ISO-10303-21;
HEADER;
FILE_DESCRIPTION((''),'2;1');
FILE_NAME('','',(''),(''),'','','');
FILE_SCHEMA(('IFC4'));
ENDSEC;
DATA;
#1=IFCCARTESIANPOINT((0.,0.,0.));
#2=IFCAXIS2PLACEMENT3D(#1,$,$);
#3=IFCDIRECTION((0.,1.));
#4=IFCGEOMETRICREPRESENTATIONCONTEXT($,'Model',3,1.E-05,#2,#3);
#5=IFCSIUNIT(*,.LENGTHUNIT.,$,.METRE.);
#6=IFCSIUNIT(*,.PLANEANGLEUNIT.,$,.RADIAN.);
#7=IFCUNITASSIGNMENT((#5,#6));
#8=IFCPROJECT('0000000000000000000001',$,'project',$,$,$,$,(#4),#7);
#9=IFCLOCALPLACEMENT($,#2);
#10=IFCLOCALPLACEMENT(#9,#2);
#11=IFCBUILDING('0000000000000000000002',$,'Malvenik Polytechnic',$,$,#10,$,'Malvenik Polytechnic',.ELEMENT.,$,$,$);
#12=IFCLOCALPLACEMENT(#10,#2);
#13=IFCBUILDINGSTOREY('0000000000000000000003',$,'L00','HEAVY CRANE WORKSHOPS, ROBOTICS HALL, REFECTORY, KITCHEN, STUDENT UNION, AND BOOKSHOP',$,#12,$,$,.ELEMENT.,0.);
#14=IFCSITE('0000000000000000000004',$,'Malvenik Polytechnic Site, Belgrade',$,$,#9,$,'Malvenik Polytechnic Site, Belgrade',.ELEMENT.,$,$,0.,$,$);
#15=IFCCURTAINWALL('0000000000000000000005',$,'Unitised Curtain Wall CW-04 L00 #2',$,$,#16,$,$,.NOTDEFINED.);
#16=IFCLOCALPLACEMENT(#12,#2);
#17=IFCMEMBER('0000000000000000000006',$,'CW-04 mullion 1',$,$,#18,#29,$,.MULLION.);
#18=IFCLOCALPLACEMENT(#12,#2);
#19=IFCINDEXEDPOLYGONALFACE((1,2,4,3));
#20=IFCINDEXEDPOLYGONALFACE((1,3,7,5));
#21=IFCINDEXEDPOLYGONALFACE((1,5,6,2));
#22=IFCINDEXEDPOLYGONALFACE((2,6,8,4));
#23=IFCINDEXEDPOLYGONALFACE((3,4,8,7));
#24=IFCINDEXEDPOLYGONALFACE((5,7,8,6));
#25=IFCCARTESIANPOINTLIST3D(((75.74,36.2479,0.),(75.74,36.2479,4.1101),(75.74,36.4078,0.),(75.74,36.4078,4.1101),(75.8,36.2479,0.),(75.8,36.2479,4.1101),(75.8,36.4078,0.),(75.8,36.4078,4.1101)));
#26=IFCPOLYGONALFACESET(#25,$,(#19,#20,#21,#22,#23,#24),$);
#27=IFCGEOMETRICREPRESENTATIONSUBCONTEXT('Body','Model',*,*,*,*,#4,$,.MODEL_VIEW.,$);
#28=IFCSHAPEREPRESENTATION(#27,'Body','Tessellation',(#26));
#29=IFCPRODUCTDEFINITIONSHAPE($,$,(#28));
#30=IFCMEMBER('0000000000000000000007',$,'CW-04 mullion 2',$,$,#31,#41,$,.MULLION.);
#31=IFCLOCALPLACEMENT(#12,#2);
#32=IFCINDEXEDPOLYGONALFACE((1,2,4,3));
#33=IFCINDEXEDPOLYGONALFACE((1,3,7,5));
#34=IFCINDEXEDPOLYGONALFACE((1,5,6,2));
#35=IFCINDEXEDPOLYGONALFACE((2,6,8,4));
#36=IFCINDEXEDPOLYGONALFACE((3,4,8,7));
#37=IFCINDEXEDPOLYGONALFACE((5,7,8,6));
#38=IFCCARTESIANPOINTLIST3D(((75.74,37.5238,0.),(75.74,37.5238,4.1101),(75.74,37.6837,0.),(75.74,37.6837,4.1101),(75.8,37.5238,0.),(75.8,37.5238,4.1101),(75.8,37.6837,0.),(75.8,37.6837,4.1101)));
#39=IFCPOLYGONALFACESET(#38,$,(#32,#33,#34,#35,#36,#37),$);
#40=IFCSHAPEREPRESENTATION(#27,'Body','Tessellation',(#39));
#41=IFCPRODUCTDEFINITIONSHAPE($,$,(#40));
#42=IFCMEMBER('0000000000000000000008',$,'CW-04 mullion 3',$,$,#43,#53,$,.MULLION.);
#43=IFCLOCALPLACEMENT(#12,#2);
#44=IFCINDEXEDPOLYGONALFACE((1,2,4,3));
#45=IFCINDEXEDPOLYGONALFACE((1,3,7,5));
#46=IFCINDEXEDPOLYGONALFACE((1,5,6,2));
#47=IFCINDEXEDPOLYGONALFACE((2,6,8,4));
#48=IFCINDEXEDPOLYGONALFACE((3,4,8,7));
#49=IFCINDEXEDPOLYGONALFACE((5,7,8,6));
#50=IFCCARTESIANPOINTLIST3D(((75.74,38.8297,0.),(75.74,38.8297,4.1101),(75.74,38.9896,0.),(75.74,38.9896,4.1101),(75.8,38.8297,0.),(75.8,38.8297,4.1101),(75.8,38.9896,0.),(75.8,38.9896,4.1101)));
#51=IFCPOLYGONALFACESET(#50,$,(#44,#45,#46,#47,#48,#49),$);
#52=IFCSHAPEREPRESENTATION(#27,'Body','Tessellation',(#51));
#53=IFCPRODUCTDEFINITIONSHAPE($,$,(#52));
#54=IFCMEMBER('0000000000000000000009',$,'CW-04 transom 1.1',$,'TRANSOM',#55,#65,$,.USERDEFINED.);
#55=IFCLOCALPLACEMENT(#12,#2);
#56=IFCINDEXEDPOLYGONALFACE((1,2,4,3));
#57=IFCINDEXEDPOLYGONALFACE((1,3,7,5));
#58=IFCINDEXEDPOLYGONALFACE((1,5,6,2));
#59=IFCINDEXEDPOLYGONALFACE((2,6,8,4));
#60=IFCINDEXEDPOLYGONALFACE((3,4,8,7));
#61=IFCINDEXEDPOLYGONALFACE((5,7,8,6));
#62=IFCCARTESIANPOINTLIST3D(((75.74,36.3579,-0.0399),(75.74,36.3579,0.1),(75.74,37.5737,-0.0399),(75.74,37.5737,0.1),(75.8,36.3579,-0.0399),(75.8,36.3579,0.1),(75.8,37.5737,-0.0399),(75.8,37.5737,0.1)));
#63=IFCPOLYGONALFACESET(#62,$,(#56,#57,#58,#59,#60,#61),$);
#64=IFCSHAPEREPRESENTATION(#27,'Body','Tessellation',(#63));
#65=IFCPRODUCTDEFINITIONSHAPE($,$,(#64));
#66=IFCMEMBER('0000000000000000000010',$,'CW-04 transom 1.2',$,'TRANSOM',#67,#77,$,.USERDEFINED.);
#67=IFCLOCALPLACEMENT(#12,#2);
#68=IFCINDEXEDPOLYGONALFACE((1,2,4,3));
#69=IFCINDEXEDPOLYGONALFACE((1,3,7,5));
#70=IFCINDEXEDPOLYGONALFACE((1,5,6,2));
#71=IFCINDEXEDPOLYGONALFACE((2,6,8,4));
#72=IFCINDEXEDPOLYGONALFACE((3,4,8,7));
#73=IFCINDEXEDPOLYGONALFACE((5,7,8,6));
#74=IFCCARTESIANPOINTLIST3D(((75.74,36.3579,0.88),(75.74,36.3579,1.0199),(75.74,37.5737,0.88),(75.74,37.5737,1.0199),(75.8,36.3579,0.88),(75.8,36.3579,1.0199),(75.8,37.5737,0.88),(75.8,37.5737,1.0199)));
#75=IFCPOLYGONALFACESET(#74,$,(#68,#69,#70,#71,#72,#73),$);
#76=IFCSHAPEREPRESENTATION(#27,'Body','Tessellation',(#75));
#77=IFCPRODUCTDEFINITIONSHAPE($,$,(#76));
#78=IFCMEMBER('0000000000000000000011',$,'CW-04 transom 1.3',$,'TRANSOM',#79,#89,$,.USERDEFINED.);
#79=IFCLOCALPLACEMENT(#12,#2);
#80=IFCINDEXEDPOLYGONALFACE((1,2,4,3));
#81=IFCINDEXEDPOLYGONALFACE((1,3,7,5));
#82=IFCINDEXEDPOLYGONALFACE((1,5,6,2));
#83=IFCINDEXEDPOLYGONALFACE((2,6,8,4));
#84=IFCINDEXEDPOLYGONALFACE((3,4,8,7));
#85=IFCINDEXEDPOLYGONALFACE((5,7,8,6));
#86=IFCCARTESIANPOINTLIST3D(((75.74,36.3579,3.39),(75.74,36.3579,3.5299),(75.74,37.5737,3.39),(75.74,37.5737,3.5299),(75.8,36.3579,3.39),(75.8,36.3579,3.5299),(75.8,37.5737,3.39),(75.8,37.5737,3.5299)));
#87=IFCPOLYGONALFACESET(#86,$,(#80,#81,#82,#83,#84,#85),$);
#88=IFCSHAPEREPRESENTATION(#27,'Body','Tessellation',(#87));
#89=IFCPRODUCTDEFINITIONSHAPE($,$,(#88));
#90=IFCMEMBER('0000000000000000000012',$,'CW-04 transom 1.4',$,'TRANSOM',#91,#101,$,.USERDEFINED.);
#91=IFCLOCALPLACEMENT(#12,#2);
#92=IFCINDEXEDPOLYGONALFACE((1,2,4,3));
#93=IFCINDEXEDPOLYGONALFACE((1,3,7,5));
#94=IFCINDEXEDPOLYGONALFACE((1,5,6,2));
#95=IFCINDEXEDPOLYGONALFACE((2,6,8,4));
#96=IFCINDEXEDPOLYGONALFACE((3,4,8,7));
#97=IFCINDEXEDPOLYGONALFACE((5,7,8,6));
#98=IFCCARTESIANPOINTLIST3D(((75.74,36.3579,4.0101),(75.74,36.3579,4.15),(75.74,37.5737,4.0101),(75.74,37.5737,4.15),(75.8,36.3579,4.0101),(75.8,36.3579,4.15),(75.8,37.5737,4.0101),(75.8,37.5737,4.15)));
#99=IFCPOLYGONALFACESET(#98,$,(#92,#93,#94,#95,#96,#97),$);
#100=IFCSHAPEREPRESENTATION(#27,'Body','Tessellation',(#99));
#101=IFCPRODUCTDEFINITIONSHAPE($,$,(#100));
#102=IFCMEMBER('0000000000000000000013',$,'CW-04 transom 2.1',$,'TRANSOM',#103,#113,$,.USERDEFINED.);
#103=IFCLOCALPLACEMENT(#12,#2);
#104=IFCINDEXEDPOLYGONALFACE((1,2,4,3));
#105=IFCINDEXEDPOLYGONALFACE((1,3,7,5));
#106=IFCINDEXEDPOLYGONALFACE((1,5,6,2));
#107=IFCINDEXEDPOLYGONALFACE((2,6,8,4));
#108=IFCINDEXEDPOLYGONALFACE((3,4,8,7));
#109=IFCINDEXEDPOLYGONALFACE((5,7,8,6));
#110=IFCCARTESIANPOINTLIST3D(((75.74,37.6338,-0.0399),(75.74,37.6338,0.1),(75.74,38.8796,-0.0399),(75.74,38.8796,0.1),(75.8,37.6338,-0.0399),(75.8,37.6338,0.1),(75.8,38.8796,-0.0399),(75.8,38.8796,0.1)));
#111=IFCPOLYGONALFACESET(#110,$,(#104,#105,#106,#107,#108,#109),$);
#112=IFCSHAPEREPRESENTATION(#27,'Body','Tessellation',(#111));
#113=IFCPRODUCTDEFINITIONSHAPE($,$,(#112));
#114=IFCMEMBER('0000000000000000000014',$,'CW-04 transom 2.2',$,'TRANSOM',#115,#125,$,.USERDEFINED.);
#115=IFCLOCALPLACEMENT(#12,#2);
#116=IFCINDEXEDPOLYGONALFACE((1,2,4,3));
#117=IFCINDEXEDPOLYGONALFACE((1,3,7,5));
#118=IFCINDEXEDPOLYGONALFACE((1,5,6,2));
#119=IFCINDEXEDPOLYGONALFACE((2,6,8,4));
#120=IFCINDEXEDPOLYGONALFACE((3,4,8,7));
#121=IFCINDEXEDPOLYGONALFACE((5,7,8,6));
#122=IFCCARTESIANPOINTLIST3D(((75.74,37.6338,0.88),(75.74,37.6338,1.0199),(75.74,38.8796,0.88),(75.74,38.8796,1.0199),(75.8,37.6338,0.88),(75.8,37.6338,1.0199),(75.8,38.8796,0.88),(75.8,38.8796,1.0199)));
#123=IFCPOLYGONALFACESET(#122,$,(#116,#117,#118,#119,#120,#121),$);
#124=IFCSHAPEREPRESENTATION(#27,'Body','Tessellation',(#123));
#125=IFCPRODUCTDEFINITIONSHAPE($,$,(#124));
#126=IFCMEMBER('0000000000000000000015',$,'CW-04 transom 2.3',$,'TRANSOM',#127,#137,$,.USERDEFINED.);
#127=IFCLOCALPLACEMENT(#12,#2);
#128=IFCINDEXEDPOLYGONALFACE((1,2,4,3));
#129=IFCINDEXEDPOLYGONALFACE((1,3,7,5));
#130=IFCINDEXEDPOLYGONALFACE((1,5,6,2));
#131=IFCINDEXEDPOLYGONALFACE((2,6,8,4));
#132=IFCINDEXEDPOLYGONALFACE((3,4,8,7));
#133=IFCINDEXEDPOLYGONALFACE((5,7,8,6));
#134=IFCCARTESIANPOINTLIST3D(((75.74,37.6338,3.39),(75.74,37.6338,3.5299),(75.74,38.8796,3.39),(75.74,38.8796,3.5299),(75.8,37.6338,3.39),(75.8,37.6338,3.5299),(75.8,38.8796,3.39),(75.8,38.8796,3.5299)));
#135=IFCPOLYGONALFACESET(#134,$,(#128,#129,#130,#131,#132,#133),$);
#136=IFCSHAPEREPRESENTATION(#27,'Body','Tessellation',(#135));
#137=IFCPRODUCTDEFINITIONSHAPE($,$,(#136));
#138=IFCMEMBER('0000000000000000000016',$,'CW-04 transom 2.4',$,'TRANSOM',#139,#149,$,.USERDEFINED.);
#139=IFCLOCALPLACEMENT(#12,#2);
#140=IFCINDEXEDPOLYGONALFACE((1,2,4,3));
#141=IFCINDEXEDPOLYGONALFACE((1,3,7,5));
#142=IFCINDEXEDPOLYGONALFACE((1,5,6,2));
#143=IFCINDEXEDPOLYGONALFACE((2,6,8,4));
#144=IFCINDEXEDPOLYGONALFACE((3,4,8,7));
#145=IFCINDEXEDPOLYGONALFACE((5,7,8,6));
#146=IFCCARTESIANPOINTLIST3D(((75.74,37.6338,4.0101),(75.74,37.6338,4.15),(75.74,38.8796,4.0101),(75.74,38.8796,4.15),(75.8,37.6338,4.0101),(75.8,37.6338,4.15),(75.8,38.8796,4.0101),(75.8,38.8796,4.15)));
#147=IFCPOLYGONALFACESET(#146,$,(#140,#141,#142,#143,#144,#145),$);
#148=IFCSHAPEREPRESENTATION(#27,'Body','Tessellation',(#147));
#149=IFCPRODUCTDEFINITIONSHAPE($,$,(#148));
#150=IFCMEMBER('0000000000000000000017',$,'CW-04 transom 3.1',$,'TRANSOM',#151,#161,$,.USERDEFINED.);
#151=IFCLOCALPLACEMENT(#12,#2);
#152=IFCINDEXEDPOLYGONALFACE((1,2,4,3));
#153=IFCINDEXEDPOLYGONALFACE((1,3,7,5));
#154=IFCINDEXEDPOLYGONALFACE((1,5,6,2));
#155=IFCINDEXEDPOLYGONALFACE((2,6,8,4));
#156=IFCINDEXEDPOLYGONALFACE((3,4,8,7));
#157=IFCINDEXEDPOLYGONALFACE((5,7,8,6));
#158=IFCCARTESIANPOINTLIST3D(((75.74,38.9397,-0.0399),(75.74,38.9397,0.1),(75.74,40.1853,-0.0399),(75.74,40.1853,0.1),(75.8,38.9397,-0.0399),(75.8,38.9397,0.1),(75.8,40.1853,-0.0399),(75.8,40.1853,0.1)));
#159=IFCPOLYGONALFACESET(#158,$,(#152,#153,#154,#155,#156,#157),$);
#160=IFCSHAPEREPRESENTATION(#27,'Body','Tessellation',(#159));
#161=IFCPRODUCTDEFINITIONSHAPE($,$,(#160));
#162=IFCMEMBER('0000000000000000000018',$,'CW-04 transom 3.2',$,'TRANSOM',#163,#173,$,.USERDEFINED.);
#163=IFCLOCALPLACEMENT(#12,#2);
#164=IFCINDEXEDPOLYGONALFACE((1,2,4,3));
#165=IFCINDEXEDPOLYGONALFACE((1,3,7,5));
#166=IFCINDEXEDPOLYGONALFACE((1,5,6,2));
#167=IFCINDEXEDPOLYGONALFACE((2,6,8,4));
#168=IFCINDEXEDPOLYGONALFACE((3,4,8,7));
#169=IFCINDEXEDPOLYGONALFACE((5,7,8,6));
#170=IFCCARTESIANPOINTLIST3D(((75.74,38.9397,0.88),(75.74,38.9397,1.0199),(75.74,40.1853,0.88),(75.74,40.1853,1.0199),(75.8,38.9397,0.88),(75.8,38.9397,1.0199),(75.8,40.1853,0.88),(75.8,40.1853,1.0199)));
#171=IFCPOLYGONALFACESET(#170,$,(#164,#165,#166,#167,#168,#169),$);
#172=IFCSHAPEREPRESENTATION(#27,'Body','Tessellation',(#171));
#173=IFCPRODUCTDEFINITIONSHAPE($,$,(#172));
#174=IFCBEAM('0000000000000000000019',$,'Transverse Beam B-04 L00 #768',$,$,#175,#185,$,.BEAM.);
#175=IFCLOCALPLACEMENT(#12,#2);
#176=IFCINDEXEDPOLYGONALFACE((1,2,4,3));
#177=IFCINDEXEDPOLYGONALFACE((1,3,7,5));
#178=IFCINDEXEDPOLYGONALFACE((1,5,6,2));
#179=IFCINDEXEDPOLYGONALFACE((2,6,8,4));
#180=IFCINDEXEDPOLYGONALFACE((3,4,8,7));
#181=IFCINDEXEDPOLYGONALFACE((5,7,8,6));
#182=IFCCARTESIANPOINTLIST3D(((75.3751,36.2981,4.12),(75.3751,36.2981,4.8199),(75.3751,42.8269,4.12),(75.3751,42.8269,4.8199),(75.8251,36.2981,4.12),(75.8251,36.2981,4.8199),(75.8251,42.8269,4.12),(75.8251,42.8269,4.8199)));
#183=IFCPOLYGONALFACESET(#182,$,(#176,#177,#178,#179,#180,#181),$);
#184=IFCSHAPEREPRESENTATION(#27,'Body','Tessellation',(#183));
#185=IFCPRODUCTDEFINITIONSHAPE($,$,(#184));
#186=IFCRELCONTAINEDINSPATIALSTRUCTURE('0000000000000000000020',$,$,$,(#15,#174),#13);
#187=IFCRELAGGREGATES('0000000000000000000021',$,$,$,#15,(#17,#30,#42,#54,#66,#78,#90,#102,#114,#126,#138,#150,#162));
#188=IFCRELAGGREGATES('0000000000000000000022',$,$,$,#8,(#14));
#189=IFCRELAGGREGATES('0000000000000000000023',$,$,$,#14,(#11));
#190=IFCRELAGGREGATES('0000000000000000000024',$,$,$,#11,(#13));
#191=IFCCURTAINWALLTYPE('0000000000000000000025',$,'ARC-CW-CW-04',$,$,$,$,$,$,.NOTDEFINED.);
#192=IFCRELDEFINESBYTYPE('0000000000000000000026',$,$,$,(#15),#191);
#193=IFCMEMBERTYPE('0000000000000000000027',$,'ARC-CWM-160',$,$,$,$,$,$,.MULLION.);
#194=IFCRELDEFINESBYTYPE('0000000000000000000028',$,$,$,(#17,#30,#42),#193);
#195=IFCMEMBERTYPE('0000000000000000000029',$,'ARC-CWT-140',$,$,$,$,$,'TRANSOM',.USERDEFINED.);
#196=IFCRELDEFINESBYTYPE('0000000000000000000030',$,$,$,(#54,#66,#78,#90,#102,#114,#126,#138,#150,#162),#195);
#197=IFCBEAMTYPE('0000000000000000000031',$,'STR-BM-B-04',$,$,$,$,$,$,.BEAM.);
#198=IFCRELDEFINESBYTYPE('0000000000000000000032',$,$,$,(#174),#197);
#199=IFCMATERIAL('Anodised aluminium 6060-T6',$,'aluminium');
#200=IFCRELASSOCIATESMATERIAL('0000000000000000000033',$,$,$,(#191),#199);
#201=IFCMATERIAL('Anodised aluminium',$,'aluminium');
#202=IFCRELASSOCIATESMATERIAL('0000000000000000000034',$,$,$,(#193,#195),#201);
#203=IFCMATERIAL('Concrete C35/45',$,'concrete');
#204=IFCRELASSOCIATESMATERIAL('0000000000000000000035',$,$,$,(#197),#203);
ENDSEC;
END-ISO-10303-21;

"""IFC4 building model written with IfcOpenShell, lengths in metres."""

from ifc_helpers import new_model, si_unit, direction, frame, origin, origin_2d, place, context, subcontext, project, spatial, rectangle, extrude, material, material_profile, profile_set, type_object, element, aggregate, save


model = new_model("IFC4")

# Units and contexts
model_context = context("Model", 3, precision=1e-05, world=origin(), true_north=direction((0.0, 1.0)))
body_context = subcontext(model_context, "Body", "Model", "MODEL_VIEW")
ifc_project = project(units=[si_unit("LENGTHUNIT", "METRE"), si_unit("PLANEANGLEUNIT", "RADIAN")], contexts=[model_context])

# Site, building, storey
site_placement = place(None, origin())
site = spatial("IfcSite", under=ifc_project, at=site_placement, Name="Malvenik Polytechnic Site, Belgrade", LongName="Malvenik Polytechnic Site, Belgrade", CompositionType="ELEMENT", RefElevation=0.0)
building_placement = place(site_placement, origin())
building = spatial("IfcBuilding", under=site, at=building_placement, Name="Malvenik Polytechnic", LongName="Malvenik Polytechnic", CompositionType="ELEMENT")
storey_placement = place(building_placement, origin())
storey = spatial("IfcBuildingStorey", under=building, at=storey_placement, Name="L00", Description="HEAVY CRANE WORKSHOPS, ROBOTICS HALL, REFECTORY, KITCHEN, STUDENT UNION, AND BOOKSHOP", CompositionType="ELEMENT", Elevation=0.0)

# Curtain wall, members
ifc_material_1 = material(Name="Anodised aluminium 6060-T6", Category="aluminium")
curtain_wall_type = type_object("IfcCurtainWallType", Name="ARC-CW-CW-04", PredefinedType="NOTDEFINED", material=ifc_material_1)
curtain_wall_placement = place(storey_placement, origin())
curtain_wall = element("IfcCurtainWall", 1, at=curtain_wall_placement, inside=storey, type_object=curtain_wall_type, Name="Unitised Curtain Wall CW-04 L00 #2", PredefinedType="NOTDEFINED")
ifc_material_2 = material(Name="Anodised aluminium", Category="aluminium")
ifc_material_profile_1 = material_profile(ifc_material_2, rectangle(XDim=0.0601, YDim=0.1599, at=origin_2d()), Name="ALU MULLION 60x160")
ifc_profile_set_1 = profile_set([ifc_material_profile_1], Name="Anodised aluminium")
member_type_1 = type_object("IfcMemberType", Name="ARC-CWM-160", PredefinedType="MULLION", material=ifc_profile_set_1)
member_1_placement = place(storey_placement, frame((75.77, 36.3279, 0.0), z_axis=(0.0, 0.0, 1.0), x_axis=(-1.0, 0.0, 0.0)))
member_1 = element("IfcMember", 2, at=member_1_placement, type_object=member_type_1, Name="CW-04 mullion 1", PredefinedType="MULLION", context=body_context, shape_type="SweptSolid", body=[
    extrude(rectangle(XDim=0.0601, YDim=0.1599, at=origin_2d()), origin(), (0.0, 0.0, 1.0), 4.1101),
])
member_2_placement = place(storey_placement, frame((75.77, 37.6038, 0.0), z_axis=(0.0, 0.0, 1.0), x_axis=(-1.0, 0.0, 0.0)))
member_2 = element("IfcMember", 3, at=member_2_placement, type_object=member_type_1, Name="CW-04 mullion 2", PredefinedType="MULLION", context=body_context, shape_type="SweptSolid", body=[
    extrude(rectangle(XDim=0.0601, YDim=0.1599, at=origin_2d()), origin(), (0.0, 0.0, 1.0), 4.1101),
])
member_3_placement = place(storey_placement, frame((75.77, 38.9097, 0.0), z_axis=(0.0, 0.0, 1.0), x_axis=(-1.0, 0.0, 0.0)))
member_3 = element("IfcMember", 4, at=member_3_placement, type_object=member_type_1, Name="CW-04 mullion 3", PredefinedType="MULLION", context=body_context, shape_type="SweptSolid", body=[
    extrude(rectangle(XDim=0.0601, YDim=0.1599, at=origin_2d()), origin(), (0.0, 0.0, 1.0), 4.1101),
])
ifc_material_profile_2 = material_profile(ifc_material_2, rectangle(XDim=0.0601, YDim=0.1399, at=origin_2d()), Name="ALU TRANSOM 60x140")
ifc_profile_set_2 = profile_set([ifc_material_profile_2], Name="Anodised aluminium")
member_type_2 = type_object("IfcMemberType", Name="ARC-CWT-140", ElementType="TRANSOM", PredefinedType="USERDEFINED", material=ifc_profile_set_2)
member_4_placement = place(storey_placement, frame((75.77, 36.3579, 0.03), z_axis=(0.0, 1.0, 0.0), x_axis=(-1.0, 0.0, 0.0)))
member_4 = element("IfcMember", 5, at=member_4_placement, type_object=member_type_2, Name="CW-04 transom 1.1", ObjectType="TRANSOM", PredefinedType="USERDEFINED", context=body_context, shape_type="SweptSolid", body=[
    extrude(rectangle(XDim=0.0601, YDim=0.1399, at=origin_2d()), origin(), (0.0, 0.0, 1.0), 1.2158),
])
member_5_placement = place(storey_placement, frame((75.77, 36.3579, 0.95), z_axis=(0.0, 1.0, 0.0), x_axis=(-1.0, 0.0, 0.0)))
member_5 = element("IfcMember", 6, at=member_5_placement, type_object=member_type_2, Name="CW-04 transom 1.2", ObjectType="TRANSOM", PredefinedType="USERDEFINED", context=body_context, shape_type="SweptSolid", body=[
    extrude(rectangle(XDim=0.0601, YDim=0.1399, at=origin_2d()), origin(), (0.0, 0.0, 1.0), 1.2158),
])
member_6_placement = place(storey_placement, frame((75.77, 36.3579, 3.46), z_axis=(0.0, 1.0, 0.0), x_axis=(-1.0, 0.0, 0.0)))
member_6 = element("IfcMember", 7, at=member_6_placement, type_object=member_type_2, Name="CW-04 transom 1.3", ObjectType="TRANSOM", PredefinedType="USERDEFINED", context=body_context, shape_type="SweptSolid", body=[
    extrude(rectangle(XDim=0.0601, YDim=0.1399, at=origin_2d()), origin(), (0.0, 0.0, 1.0), 1.2158),
])
member_7_placement = place(storey_placement, frame((75.77, 36.3579, 4.0801), z_axis=(0.0, 1.0, 0.0), x_axis=(-1.0, 0.0, 0.0)))
member_7 = element("IfcMember", 8, at=member_7_placement, type_object=member_type_2, Name="CW-04 transom 1.4", ObjectType="TRANSOM", PredefinedType="USERDEFINED", context=body_context, shape_type="SweptSolid", body=[
    extrude(rectangle(XDim=0.0601, YDim=0.1399, at=origin_2d()), origin(), (0.0, 0.0, 1.0), 1.2158),
])
member_8_placement = place(storey_placement, frame((75.77, 37.6338, 0.03), z_axis=(0.0, 1.0, 0.0), x_axis=(-1.0, 0.0, 0.0)))
member_8 = element("IfcMember", 9, at=member_8_placement, type_object=member_type_2, Name="CW-04 transom 2.1", ObjectType="TRANSOM", PredefinedType="USERDEFINED", context=body_context, shape_type="SweptSolid", body=[
    extrude(rectangle(XDim=0.0601, YDim=0.1399, at=origin_2d()), origin(), (0.0, 0.0, 1.0), 1.2458),
])
member_9_placement = place(storey_placement, frame((75.77, 37.6338, 0.95), z_axis=(0.0, 1.0, 0.0), x_axis=(-1.0, 0.0, 0.0)))
member_9 = element("IfcMember", 10, at=member_9_placement, type_object=member_type_2, Name="CW-04 transom 2.2", ObjectType="TRANSOM", PredefinedType="USERDEFINED", context=body_context, shape_type="SweptSolid", body=[
    extrude(rectangle(XDim=0.0601, YDim=0.1399, at=origin_2d()), origin(), (0.0, 0.0, 1.0), 1.2458),
])
member_10_placement = place(storey_placement, frame((75.77, 37.6338, 3.46), z_axis=(0.0, 1.0, 0.0), x_axis=(-1.0, 0.0, 0.0)))
member_10 = element("IfcMember", 11, at=member_10_placement, type_object=member_type_2, Name="CW-04 transom 2.3", ObjectType="TRANSOM", PredefinedType="USERDEFINED", context=body_context, shape_type="SweptSolid", body=[
    extrude(rectangle(XDim=0.0601, YDim=0.1399, at=origin_2d()), origin(), (0.0, 0.0, 1.0), 1.2458),
])
member_11_placement = place(storey_placement, frame((75.77, 37.6338, 4.0801), z_axis=(0.0, 1.0, 0.0), x_axis=(-1.0, 0.0, 0.0)))
member_11 = element("IfcMember", 12, at=member_11_placement, type_object=member_type_2, Name="CW-04 transom 2.4", ObjectType="TRANSOM", PredefinedType="USERDEFINED", context=body_context, shape_type="SweptSolid", body=[
    extrude(rectangle(XDim=0.0601, YDim=0.1399, at=origin_2d()), origin(), (0.0, 0.0, 1.0), 1.2458),
])
member_12_placement = place(storey_placement, frame((75.77, 38.9397, 0.03), z_axis=(0.0, 1.0, 0.0), x_axis=(-1.0, 0.0, 0.0)))
member_12 = element("IfcMember", 13, at=member_12_placement, type_object=member_type_2, Name="CW-04 transom 3.1", ObjectType="TRANSOM", PredefinedType="USERDEFINED", context=body_context, shape_type="SweptSolid", body=[
    extrude(rectangle(XDim=0.0601, YDim=0.1399, at=origin_2d()), origin(), (0.0, 0.0, 1.0), 1.2456),
])
member_13_placement = place(storey_placement, frame((75.77, 38.9397, 0.95), z_axis=(0.0, 1.0, 0.0), x_axis=(-1.0, 0.0, 0.0)))
member_13 = element("IfcMember", 14, at=member_13_placement, type_object=member_type_2, Name="CW-04 transom 3.2", ObjectType="TRANSOM", PredefinedType="USERDEFINED", context=body_context, shape_type="SweptSolid", body=[
    extrude(rectangle(XDim=0.0601, YDim=0.1399, at=origin_2d()), origin(), (0.0, 0.0, 1.0), 1.2456),
])

# Beam
ifc_material_3 = material(Name="Concrete C35/45", Category="concrete")
ifc_material_profile_3 = material_profile(ifc_material_3, rectangle(XDim=0.45, YDim=0.7, at=origin_2d()), Name="RC BM 450x700")
ifc_profile_set_3 = profile_set([ifc_material_profile_3], Name="Concrete C35/45")
beam_type = type_object("IfcBeamType", Name="STR-BM-B-04", PredefinedType="BEAM", material=ifc_profile_set_3)
beam_placement = place(storey_placement, frame((75.6001, 36.2981, 4.47), z_axis=(0.0, 1.0, 0.0), x_axis=(-1.0, 0.0, 0.0)))
element("IfcBeam", 15, at=beam_placement, inside=storey, type_object=beam_type, Name="Transverse Beam B-04 L00 #768", PredefinedType="BEAM", context=body_context, shape_type="SweptSolid", body=[
    extrude(rectangle(XDim=0.45, YDim=0.7, at=origin_2d()), origin(), (0.0, 0.0, 1.0), 6.5288),
])

aggregate(curtain_wall, [member_1, member_2, member_3, member_4, member_5, member_6, member_7, member_8, member_9, member_10, member_11, member_12, member_13])

save(model, "model.ifc")
